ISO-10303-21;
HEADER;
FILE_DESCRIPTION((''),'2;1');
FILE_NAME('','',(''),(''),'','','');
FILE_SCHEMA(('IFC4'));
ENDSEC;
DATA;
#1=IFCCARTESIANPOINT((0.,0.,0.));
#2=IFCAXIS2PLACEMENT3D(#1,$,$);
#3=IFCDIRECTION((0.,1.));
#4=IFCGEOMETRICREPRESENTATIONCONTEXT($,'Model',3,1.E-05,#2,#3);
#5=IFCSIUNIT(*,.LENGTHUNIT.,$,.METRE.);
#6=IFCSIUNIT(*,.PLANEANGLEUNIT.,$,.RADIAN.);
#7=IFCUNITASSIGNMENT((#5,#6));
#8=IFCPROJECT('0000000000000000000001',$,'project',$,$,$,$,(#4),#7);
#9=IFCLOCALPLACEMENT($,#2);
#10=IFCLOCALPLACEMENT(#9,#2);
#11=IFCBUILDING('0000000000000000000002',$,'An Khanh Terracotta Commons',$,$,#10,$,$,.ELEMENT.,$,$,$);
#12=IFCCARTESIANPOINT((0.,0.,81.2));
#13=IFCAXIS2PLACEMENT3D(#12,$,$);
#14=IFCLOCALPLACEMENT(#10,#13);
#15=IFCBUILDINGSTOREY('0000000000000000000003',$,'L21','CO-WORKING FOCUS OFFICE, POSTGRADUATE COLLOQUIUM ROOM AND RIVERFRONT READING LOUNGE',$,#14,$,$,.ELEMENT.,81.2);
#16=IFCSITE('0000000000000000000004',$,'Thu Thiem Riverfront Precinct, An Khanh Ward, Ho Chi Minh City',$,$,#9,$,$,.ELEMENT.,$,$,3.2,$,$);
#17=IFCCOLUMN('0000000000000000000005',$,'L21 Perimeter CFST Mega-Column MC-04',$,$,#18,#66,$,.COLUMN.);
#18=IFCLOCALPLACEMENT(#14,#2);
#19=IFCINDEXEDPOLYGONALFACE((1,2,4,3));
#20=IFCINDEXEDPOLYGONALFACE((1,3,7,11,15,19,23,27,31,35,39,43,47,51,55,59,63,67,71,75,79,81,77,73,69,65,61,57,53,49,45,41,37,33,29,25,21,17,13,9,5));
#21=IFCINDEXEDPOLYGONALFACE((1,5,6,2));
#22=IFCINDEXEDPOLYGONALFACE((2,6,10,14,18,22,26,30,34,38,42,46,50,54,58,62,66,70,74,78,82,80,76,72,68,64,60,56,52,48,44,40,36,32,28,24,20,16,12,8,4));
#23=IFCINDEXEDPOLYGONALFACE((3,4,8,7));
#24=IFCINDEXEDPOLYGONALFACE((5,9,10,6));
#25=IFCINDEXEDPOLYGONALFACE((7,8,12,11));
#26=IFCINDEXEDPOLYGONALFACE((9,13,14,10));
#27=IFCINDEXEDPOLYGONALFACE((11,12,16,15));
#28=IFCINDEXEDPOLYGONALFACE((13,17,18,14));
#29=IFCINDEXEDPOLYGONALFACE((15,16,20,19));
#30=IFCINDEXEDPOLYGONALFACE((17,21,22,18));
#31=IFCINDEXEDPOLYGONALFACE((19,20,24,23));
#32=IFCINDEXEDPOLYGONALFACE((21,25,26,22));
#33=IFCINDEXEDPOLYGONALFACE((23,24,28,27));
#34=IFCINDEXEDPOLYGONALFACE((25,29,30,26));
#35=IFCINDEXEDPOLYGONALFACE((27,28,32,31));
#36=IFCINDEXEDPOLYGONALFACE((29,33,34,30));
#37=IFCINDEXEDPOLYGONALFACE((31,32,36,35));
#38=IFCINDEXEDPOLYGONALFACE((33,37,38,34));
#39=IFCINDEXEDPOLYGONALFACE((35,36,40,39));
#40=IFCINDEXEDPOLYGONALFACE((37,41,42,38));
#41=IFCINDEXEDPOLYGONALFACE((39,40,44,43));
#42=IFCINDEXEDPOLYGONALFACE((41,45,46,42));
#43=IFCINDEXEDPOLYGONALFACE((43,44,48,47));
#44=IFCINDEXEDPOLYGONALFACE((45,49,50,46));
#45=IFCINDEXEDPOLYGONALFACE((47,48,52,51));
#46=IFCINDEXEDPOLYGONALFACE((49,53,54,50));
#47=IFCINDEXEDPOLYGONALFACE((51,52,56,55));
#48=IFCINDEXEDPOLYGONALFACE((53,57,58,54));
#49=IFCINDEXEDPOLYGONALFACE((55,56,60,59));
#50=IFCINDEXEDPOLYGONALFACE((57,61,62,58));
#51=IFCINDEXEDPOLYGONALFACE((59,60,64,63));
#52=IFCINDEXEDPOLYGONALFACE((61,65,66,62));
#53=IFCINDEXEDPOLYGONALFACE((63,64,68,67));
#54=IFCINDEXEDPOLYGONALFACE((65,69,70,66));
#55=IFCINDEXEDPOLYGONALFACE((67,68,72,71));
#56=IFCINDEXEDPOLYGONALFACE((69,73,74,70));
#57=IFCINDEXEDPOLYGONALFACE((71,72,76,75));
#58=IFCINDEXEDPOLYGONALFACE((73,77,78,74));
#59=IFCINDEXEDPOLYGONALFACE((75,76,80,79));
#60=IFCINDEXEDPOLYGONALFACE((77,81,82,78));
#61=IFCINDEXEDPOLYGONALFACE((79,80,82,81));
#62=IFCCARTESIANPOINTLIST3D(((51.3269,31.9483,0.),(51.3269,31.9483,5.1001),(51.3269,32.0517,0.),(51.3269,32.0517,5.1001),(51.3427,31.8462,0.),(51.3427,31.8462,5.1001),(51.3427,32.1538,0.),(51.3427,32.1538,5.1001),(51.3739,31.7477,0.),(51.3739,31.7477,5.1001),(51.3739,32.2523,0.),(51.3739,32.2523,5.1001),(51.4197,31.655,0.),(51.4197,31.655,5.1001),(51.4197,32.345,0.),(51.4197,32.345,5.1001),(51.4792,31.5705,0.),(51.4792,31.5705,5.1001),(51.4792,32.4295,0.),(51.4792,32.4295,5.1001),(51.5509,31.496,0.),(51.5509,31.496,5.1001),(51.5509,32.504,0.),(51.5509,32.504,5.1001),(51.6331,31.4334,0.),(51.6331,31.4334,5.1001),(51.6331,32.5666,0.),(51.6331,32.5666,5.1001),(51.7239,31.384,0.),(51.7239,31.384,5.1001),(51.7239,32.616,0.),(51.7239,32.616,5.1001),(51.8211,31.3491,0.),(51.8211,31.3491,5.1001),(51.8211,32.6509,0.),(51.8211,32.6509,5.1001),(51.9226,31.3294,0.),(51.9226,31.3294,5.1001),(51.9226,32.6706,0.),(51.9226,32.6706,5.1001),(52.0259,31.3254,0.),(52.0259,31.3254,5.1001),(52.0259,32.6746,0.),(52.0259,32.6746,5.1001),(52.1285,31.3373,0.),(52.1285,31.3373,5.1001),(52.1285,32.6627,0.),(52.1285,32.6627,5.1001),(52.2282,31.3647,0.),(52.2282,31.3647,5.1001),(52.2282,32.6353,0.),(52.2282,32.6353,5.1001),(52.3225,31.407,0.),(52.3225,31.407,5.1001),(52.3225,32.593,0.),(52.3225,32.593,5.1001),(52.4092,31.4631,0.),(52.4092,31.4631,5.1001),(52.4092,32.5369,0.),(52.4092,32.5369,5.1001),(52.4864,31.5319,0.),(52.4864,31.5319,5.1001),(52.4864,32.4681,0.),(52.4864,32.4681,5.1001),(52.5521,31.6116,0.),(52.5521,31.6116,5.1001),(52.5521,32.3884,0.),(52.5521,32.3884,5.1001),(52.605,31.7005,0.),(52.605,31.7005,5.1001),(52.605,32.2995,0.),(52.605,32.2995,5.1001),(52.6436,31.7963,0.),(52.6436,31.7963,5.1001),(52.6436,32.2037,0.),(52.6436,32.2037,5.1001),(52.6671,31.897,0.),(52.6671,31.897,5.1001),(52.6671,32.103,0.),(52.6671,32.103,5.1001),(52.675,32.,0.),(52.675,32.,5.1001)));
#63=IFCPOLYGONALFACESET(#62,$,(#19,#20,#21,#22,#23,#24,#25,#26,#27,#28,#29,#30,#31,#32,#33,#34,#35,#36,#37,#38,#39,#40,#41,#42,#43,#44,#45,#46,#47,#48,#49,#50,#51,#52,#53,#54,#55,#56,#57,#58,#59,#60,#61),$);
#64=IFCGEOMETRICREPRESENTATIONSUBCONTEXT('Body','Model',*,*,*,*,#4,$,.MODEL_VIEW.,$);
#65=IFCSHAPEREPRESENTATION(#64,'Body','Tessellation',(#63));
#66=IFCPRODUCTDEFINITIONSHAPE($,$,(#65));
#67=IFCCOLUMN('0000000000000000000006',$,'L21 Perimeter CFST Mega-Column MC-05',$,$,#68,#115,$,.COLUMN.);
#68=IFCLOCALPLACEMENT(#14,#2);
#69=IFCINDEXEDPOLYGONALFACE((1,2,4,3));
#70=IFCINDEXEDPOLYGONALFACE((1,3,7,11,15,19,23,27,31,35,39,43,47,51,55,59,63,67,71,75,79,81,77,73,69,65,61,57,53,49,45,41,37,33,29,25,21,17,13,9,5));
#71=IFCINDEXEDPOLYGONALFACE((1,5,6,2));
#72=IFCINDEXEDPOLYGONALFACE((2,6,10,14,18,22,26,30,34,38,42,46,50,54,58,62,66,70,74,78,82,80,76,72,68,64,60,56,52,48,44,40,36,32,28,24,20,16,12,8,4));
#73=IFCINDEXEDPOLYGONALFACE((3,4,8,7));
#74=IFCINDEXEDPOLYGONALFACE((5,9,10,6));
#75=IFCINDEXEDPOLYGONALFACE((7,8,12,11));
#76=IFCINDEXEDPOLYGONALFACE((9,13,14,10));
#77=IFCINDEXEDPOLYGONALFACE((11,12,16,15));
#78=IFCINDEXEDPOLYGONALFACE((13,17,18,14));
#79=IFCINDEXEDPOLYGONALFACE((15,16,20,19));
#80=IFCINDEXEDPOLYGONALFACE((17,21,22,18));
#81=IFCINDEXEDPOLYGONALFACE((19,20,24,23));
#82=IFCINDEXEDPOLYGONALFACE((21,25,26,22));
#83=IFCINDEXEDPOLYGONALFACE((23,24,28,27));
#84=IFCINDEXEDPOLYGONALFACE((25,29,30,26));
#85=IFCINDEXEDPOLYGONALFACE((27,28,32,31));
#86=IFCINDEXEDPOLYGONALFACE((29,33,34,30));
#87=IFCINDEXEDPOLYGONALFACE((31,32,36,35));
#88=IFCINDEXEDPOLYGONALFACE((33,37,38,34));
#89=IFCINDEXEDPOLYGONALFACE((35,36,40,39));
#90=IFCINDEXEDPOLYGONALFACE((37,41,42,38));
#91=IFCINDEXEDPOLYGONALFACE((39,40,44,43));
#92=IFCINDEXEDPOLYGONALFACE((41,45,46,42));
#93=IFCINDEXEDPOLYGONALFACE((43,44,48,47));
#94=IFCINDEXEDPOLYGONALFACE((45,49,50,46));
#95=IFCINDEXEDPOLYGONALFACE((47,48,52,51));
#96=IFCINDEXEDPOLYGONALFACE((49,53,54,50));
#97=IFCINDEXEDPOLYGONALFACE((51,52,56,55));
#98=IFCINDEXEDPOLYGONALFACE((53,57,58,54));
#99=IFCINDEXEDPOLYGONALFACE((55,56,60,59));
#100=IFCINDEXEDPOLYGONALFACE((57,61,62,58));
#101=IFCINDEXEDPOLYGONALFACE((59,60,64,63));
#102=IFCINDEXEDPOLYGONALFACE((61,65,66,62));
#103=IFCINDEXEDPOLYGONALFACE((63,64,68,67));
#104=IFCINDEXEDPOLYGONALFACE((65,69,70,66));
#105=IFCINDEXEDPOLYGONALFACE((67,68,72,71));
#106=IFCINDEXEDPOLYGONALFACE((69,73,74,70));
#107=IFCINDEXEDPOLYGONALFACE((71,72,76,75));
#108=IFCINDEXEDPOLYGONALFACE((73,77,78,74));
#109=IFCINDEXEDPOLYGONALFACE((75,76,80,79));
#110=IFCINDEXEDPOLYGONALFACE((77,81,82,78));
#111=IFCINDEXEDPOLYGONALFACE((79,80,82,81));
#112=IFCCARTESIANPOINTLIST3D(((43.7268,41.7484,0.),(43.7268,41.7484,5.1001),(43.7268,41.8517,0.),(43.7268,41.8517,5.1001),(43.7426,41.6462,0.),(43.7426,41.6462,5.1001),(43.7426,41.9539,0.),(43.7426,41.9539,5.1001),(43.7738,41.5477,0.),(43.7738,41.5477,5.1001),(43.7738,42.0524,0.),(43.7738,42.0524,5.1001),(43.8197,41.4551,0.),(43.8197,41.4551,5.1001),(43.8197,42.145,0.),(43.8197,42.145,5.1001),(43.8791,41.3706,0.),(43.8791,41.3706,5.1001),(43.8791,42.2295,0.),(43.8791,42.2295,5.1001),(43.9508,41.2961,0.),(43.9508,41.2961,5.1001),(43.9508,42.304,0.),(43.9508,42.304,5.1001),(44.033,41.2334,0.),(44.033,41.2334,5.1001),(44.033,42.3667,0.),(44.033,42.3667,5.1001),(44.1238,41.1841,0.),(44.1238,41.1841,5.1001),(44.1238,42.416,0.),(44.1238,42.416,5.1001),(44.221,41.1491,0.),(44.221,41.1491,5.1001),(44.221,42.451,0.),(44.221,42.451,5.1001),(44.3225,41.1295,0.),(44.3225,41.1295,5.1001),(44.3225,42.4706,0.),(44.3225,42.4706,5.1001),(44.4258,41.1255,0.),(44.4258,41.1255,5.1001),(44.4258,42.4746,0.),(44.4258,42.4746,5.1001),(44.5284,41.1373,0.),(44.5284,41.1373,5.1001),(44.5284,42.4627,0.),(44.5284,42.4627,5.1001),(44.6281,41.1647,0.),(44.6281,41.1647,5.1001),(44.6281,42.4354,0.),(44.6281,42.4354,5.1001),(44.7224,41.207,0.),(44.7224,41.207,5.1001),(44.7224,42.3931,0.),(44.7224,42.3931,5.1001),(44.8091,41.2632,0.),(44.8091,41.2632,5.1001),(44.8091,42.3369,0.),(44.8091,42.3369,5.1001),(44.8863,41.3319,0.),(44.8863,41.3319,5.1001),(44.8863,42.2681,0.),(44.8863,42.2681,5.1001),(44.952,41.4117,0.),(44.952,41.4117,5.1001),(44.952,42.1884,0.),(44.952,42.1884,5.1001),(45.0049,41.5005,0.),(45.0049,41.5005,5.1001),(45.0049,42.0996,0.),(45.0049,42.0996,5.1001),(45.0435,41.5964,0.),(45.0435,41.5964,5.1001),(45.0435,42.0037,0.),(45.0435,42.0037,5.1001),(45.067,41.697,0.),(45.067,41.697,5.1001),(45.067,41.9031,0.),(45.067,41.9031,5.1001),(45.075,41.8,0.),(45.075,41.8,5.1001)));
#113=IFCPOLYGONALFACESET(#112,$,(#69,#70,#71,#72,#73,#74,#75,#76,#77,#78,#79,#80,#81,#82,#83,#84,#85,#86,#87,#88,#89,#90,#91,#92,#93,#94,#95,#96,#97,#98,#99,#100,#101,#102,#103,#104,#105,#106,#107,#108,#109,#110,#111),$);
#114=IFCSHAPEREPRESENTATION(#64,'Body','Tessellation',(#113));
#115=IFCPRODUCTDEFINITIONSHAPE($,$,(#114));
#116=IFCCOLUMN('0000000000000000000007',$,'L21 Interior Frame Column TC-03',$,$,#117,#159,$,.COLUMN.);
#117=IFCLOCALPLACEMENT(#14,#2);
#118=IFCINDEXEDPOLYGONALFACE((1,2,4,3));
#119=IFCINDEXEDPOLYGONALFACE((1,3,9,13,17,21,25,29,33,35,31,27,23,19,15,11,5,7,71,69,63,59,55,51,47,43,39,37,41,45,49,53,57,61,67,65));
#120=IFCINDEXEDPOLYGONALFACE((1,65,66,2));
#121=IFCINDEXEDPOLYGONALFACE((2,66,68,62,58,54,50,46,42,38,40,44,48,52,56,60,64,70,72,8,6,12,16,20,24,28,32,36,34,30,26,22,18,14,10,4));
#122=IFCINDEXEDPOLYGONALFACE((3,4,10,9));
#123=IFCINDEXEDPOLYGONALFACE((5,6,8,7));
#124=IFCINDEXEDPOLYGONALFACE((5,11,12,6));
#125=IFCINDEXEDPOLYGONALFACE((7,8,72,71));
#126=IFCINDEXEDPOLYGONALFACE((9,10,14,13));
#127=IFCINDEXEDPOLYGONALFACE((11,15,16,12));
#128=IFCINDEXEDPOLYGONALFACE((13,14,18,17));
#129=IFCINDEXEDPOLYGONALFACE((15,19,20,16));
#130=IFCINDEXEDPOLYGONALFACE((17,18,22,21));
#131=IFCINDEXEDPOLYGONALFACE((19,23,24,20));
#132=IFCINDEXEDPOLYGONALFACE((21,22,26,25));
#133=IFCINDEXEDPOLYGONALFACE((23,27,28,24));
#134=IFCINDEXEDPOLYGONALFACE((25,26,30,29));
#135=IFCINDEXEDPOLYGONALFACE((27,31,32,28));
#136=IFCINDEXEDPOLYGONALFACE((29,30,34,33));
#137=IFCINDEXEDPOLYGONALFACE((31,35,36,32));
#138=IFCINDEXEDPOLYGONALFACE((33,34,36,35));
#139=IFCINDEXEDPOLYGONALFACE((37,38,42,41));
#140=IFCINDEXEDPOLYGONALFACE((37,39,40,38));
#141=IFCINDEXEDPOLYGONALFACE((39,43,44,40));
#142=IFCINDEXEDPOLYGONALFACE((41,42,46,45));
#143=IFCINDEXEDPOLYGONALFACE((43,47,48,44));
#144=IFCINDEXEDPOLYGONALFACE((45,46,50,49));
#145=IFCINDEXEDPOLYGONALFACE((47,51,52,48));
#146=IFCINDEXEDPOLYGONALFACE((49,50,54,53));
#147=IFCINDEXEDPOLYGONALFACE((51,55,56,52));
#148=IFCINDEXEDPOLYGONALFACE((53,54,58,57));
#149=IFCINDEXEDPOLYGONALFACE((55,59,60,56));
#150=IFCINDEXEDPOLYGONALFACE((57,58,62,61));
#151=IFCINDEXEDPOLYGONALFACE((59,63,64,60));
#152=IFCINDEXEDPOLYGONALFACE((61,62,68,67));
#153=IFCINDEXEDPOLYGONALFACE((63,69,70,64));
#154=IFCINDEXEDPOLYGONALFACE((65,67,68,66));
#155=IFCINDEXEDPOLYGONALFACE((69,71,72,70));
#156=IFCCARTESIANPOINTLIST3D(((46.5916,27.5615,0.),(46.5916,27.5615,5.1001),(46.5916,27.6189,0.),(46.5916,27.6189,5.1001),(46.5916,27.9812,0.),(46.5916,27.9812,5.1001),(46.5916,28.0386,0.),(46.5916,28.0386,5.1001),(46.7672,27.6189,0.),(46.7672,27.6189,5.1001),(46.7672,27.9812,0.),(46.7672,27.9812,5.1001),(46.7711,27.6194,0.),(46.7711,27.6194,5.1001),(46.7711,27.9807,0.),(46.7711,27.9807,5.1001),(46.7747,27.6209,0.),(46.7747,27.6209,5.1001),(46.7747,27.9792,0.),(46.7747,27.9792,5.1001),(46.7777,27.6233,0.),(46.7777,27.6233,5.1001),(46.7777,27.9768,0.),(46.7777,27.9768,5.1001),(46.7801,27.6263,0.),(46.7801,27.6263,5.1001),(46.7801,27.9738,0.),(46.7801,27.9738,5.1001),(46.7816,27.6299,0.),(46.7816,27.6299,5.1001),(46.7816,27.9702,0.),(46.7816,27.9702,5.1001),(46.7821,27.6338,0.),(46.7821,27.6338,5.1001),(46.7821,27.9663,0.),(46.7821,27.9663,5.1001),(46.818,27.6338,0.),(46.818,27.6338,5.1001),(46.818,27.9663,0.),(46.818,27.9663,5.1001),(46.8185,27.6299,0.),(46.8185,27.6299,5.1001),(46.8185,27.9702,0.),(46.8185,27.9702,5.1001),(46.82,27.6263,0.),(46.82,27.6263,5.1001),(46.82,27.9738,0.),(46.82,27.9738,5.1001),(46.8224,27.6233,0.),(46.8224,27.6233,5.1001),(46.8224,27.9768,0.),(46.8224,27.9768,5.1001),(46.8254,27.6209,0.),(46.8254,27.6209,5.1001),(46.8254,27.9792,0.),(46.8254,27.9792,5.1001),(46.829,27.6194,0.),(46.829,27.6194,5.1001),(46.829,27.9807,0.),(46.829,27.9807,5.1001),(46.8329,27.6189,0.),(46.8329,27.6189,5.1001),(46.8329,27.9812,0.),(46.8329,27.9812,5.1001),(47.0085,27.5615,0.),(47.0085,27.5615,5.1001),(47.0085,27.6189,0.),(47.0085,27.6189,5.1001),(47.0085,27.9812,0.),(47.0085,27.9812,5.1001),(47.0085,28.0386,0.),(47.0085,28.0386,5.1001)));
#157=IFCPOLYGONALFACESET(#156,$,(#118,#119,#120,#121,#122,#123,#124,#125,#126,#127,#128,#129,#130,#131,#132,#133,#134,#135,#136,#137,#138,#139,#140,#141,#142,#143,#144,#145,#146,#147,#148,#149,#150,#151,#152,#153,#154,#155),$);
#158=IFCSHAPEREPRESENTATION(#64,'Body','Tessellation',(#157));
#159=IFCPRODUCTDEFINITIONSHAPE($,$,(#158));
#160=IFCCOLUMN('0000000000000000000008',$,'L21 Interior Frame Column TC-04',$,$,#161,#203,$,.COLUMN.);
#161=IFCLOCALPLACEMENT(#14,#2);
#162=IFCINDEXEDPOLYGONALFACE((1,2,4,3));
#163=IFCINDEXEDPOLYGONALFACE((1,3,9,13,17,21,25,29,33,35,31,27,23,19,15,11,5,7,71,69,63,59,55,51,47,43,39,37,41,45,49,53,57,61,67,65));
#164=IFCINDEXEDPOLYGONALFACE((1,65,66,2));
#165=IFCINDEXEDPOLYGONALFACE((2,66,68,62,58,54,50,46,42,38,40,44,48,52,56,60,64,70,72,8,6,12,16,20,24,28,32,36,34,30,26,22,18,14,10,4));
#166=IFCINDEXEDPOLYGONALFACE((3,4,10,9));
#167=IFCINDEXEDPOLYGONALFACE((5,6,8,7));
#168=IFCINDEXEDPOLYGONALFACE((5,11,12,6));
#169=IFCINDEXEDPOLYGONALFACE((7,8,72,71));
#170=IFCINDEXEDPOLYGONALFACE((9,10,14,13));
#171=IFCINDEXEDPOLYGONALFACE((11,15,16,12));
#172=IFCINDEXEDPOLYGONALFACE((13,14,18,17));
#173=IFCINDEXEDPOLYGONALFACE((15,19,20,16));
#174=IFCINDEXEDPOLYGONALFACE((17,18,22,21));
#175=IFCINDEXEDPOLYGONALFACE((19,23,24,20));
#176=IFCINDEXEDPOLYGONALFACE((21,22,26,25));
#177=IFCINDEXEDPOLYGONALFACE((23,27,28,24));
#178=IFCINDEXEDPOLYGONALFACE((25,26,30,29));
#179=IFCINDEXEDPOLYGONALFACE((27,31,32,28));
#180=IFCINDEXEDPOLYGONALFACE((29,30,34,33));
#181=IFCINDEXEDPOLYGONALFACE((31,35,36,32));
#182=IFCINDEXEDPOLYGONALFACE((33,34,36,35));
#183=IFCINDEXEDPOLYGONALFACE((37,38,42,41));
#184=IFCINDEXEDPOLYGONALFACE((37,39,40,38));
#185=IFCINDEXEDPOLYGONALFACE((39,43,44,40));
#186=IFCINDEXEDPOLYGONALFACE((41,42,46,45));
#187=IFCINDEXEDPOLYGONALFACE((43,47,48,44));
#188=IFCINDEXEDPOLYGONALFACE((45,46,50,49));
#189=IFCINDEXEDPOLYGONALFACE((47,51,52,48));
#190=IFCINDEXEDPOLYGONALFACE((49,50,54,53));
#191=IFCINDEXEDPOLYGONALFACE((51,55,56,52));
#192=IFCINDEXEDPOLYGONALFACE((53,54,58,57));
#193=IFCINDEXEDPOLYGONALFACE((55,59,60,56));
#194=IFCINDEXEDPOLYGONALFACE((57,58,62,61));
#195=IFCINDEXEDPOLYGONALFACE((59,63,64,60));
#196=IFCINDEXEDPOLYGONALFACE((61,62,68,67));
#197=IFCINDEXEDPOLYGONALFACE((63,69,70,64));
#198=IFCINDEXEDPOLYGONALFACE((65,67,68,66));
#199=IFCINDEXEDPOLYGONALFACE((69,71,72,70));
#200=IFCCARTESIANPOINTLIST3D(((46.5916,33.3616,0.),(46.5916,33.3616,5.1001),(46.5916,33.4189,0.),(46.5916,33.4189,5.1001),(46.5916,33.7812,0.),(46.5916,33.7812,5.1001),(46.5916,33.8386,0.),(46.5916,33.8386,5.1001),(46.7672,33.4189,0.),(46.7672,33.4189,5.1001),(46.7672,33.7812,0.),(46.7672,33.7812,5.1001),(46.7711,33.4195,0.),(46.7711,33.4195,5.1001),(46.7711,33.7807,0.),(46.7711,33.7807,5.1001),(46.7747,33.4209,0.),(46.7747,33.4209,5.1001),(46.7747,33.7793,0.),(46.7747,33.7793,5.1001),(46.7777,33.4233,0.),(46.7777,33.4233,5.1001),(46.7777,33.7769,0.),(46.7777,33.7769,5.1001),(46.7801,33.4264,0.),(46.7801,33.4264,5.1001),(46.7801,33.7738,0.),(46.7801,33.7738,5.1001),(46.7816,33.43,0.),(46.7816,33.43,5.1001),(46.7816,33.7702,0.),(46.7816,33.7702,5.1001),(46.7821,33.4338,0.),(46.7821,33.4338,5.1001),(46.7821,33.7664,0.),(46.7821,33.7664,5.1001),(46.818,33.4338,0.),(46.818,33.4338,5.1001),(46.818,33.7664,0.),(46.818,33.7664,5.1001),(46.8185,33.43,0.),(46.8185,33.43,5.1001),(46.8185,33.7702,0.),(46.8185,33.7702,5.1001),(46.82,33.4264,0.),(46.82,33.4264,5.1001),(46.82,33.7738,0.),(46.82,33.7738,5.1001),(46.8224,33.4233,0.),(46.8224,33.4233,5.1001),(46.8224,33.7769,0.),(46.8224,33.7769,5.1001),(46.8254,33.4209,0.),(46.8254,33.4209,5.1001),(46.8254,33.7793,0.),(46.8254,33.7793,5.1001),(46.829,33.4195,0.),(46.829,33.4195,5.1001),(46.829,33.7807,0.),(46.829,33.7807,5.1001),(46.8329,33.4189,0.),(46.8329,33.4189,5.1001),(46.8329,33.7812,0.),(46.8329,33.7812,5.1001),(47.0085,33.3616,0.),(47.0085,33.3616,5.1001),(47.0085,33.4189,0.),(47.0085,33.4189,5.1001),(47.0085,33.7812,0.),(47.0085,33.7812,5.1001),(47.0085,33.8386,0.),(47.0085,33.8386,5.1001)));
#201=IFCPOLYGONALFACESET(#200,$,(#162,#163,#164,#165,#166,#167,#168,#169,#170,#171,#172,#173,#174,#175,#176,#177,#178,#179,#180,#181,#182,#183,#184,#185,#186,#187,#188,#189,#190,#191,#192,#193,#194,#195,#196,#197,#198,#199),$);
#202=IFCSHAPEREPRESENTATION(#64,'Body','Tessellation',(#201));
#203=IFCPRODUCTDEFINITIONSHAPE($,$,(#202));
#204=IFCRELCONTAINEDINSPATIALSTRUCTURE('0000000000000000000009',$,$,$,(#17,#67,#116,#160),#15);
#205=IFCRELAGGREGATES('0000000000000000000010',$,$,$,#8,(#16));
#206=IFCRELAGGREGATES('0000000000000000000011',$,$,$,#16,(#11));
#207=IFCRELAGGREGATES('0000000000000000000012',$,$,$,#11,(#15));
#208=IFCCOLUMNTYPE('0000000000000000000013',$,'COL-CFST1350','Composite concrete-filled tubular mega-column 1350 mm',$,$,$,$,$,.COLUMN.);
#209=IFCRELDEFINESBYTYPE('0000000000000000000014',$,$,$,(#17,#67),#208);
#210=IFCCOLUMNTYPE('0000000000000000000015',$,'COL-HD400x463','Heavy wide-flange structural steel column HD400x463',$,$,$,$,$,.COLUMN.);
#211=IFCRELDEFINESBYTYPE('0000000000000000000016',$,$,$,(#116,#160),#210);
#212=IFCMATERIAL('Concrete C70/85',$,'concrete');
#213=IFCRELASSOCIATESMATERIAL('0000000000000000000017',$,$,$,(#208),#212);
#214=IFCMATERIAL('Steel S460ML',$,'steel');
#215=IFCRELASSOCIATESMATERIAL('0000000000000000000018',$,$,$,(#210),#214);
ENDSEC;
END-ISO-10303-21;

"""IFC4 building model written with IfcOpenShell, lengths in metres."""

from ifc_helpers import new_model, si_unit, direction, frame, origin, origin_2d, place, context, subcontext, project, spatial, circle, i_section, extrude, material, material_profile, profile_set, type_object, element, save


model = new_model("IFC4")

# Units and contexts
model_context = context("Model", 3, precision=1e-05, world=origin(), true_north=direction((0.0, 1.0)))
body_context = subcontext(model_context, "Body", "Model", "MODEL_VIEW")
ifc_project = project(units=[si_unit("LENGTHUNIT", "METRE"), si_unit("PLANEANGLEUNIT", "RADIAN")], contexts=[model_context])

# Site, building, storey
site_placement = place(None, origin())
site = spatial("IfcSite", under=ifc_project, at=site_placement, Name="Thu Thiem Riverfront Precinct, An Khanh Ward, Ho Chi Minh City", CompositionType="ELEMENT", RefElevation=3.2)
building_placement = place(site_placement, origin())
building = spatial("IfcBuilding", under=site, at=building_placement, Name="An Khanh Terracotta Commons", CompositionType="ELEMENT")
storey_placement = place(building_placement, frame((0.0, 0.0, 81.2)))
storey = spatial("IfcBuildingStorey", under=building, at=storey_placement, Name="L21", Description="CO-WORKING FOCUS OFFICE, POSTGRADUATE COLLOQUIUM ROOM AND RIVERFRONT READING LOUNGE", CompositionType="ELEMENT", Elevation=81.2)

# Columns
ifc_material_1 = material(Name="Concrete C70/85", Category="concrete")
ifc_material_profile_1 = material_profile(ifc_material_1, circle(Radius=0.675, at=origin_2d()), Name="CFST1350")
ifc_profile_set_1 = profile_set([ifc_material_profile_1], Name="Concrete C70/85")
column_type_1 = type_object("IfcColumnType", Name="COL-CFST1350", Description="Composite concrete-filled tubular mega-column 1350 mm", PredefinedType="COLUMN", material=ifc_profile_set_1)
for number, where, z_axis, x_axis, name in (
    (1, (52.0, 32.0, 0.0), (0.0, 0.0, 1.0), (1.0, 0.0, 0.0), "L21 Perimeter CFST Mega-Column MC-04"),
    (2, (44.3999, 41.8, 0.0), (0.0, 0.0, 1.0), (1.0, 0.0, 0.0), "L21 Perimeter CFST Mega-Column MC-05"),
):
    element("IfcColumn", number, at=place(storey_placement, frame(where, z_axis=z_axis, x_axis=x_axis)), inside=storey, type_object=column_type_1, Name=name, PredefinedType="COLUMN", context=body_context, shape_type="SweptSolid", body=[
        extrude(circle(Radius=0.675, at=origin_2d()), origin(), (0.0, 0.0, 1.0), 5.1001),
    ])
ifc_material_2 = material(Name="Steel S460ML", Category="steel")
ifc_material_profile_2 = material_profile(ifc_material_2, i_section(OverallWidth=0.417, OverallDepth=0.4771, WebThickness=0.0359, FlangeThickness=0.0574, FilletRadius=0.0149, at=origin_2d()), Name="HD400x463")
ifc_profile_set_2 = profile_set([ifc_material_profile_2], Name="Steel S460ML")
column_type_2 = type_object("IfcColumnType", Name="COL-HD400x463", Description="Heavy wide-flange structural steel column HD400x463", PredefinedType="COLUMN", material=ifc_profile_set_2)
for number, where, z_axis, x_axis, name in (
    (3, (46.8, 27.8, 0.0), (0.0, 0.0, 1.0), (1.0, 0.0, 0.0), "L21 Interior Frame Column TC-03"),
    (4, (46.8, 33.6001, 0.0), (0.0, 0.0, 1.0), (1.0, 0.0, 0.0), "L21 Interior Frame Column TC-04"),
):
    element("IfcColumn", number, at=place(storey_placement, frame(where, z_axis=z_axis, x_axis=x_axis)), inside=storey, type_object=column_type_2, Name=name, PredefinedType="COLUMN", context=body_context, shape_type="SweptSolid", body=[
        extrude(i_section(OverallWidth=0.417, OverallDepth=0.4771, WebThickness=0.0359, FlangeThickness=0.0574, FilletRadius=0.0149, at=origin_2d()), origin(), (0.0, 0.0, 1.0), 5.1001),
    ])

save(model, "model.ifc")
